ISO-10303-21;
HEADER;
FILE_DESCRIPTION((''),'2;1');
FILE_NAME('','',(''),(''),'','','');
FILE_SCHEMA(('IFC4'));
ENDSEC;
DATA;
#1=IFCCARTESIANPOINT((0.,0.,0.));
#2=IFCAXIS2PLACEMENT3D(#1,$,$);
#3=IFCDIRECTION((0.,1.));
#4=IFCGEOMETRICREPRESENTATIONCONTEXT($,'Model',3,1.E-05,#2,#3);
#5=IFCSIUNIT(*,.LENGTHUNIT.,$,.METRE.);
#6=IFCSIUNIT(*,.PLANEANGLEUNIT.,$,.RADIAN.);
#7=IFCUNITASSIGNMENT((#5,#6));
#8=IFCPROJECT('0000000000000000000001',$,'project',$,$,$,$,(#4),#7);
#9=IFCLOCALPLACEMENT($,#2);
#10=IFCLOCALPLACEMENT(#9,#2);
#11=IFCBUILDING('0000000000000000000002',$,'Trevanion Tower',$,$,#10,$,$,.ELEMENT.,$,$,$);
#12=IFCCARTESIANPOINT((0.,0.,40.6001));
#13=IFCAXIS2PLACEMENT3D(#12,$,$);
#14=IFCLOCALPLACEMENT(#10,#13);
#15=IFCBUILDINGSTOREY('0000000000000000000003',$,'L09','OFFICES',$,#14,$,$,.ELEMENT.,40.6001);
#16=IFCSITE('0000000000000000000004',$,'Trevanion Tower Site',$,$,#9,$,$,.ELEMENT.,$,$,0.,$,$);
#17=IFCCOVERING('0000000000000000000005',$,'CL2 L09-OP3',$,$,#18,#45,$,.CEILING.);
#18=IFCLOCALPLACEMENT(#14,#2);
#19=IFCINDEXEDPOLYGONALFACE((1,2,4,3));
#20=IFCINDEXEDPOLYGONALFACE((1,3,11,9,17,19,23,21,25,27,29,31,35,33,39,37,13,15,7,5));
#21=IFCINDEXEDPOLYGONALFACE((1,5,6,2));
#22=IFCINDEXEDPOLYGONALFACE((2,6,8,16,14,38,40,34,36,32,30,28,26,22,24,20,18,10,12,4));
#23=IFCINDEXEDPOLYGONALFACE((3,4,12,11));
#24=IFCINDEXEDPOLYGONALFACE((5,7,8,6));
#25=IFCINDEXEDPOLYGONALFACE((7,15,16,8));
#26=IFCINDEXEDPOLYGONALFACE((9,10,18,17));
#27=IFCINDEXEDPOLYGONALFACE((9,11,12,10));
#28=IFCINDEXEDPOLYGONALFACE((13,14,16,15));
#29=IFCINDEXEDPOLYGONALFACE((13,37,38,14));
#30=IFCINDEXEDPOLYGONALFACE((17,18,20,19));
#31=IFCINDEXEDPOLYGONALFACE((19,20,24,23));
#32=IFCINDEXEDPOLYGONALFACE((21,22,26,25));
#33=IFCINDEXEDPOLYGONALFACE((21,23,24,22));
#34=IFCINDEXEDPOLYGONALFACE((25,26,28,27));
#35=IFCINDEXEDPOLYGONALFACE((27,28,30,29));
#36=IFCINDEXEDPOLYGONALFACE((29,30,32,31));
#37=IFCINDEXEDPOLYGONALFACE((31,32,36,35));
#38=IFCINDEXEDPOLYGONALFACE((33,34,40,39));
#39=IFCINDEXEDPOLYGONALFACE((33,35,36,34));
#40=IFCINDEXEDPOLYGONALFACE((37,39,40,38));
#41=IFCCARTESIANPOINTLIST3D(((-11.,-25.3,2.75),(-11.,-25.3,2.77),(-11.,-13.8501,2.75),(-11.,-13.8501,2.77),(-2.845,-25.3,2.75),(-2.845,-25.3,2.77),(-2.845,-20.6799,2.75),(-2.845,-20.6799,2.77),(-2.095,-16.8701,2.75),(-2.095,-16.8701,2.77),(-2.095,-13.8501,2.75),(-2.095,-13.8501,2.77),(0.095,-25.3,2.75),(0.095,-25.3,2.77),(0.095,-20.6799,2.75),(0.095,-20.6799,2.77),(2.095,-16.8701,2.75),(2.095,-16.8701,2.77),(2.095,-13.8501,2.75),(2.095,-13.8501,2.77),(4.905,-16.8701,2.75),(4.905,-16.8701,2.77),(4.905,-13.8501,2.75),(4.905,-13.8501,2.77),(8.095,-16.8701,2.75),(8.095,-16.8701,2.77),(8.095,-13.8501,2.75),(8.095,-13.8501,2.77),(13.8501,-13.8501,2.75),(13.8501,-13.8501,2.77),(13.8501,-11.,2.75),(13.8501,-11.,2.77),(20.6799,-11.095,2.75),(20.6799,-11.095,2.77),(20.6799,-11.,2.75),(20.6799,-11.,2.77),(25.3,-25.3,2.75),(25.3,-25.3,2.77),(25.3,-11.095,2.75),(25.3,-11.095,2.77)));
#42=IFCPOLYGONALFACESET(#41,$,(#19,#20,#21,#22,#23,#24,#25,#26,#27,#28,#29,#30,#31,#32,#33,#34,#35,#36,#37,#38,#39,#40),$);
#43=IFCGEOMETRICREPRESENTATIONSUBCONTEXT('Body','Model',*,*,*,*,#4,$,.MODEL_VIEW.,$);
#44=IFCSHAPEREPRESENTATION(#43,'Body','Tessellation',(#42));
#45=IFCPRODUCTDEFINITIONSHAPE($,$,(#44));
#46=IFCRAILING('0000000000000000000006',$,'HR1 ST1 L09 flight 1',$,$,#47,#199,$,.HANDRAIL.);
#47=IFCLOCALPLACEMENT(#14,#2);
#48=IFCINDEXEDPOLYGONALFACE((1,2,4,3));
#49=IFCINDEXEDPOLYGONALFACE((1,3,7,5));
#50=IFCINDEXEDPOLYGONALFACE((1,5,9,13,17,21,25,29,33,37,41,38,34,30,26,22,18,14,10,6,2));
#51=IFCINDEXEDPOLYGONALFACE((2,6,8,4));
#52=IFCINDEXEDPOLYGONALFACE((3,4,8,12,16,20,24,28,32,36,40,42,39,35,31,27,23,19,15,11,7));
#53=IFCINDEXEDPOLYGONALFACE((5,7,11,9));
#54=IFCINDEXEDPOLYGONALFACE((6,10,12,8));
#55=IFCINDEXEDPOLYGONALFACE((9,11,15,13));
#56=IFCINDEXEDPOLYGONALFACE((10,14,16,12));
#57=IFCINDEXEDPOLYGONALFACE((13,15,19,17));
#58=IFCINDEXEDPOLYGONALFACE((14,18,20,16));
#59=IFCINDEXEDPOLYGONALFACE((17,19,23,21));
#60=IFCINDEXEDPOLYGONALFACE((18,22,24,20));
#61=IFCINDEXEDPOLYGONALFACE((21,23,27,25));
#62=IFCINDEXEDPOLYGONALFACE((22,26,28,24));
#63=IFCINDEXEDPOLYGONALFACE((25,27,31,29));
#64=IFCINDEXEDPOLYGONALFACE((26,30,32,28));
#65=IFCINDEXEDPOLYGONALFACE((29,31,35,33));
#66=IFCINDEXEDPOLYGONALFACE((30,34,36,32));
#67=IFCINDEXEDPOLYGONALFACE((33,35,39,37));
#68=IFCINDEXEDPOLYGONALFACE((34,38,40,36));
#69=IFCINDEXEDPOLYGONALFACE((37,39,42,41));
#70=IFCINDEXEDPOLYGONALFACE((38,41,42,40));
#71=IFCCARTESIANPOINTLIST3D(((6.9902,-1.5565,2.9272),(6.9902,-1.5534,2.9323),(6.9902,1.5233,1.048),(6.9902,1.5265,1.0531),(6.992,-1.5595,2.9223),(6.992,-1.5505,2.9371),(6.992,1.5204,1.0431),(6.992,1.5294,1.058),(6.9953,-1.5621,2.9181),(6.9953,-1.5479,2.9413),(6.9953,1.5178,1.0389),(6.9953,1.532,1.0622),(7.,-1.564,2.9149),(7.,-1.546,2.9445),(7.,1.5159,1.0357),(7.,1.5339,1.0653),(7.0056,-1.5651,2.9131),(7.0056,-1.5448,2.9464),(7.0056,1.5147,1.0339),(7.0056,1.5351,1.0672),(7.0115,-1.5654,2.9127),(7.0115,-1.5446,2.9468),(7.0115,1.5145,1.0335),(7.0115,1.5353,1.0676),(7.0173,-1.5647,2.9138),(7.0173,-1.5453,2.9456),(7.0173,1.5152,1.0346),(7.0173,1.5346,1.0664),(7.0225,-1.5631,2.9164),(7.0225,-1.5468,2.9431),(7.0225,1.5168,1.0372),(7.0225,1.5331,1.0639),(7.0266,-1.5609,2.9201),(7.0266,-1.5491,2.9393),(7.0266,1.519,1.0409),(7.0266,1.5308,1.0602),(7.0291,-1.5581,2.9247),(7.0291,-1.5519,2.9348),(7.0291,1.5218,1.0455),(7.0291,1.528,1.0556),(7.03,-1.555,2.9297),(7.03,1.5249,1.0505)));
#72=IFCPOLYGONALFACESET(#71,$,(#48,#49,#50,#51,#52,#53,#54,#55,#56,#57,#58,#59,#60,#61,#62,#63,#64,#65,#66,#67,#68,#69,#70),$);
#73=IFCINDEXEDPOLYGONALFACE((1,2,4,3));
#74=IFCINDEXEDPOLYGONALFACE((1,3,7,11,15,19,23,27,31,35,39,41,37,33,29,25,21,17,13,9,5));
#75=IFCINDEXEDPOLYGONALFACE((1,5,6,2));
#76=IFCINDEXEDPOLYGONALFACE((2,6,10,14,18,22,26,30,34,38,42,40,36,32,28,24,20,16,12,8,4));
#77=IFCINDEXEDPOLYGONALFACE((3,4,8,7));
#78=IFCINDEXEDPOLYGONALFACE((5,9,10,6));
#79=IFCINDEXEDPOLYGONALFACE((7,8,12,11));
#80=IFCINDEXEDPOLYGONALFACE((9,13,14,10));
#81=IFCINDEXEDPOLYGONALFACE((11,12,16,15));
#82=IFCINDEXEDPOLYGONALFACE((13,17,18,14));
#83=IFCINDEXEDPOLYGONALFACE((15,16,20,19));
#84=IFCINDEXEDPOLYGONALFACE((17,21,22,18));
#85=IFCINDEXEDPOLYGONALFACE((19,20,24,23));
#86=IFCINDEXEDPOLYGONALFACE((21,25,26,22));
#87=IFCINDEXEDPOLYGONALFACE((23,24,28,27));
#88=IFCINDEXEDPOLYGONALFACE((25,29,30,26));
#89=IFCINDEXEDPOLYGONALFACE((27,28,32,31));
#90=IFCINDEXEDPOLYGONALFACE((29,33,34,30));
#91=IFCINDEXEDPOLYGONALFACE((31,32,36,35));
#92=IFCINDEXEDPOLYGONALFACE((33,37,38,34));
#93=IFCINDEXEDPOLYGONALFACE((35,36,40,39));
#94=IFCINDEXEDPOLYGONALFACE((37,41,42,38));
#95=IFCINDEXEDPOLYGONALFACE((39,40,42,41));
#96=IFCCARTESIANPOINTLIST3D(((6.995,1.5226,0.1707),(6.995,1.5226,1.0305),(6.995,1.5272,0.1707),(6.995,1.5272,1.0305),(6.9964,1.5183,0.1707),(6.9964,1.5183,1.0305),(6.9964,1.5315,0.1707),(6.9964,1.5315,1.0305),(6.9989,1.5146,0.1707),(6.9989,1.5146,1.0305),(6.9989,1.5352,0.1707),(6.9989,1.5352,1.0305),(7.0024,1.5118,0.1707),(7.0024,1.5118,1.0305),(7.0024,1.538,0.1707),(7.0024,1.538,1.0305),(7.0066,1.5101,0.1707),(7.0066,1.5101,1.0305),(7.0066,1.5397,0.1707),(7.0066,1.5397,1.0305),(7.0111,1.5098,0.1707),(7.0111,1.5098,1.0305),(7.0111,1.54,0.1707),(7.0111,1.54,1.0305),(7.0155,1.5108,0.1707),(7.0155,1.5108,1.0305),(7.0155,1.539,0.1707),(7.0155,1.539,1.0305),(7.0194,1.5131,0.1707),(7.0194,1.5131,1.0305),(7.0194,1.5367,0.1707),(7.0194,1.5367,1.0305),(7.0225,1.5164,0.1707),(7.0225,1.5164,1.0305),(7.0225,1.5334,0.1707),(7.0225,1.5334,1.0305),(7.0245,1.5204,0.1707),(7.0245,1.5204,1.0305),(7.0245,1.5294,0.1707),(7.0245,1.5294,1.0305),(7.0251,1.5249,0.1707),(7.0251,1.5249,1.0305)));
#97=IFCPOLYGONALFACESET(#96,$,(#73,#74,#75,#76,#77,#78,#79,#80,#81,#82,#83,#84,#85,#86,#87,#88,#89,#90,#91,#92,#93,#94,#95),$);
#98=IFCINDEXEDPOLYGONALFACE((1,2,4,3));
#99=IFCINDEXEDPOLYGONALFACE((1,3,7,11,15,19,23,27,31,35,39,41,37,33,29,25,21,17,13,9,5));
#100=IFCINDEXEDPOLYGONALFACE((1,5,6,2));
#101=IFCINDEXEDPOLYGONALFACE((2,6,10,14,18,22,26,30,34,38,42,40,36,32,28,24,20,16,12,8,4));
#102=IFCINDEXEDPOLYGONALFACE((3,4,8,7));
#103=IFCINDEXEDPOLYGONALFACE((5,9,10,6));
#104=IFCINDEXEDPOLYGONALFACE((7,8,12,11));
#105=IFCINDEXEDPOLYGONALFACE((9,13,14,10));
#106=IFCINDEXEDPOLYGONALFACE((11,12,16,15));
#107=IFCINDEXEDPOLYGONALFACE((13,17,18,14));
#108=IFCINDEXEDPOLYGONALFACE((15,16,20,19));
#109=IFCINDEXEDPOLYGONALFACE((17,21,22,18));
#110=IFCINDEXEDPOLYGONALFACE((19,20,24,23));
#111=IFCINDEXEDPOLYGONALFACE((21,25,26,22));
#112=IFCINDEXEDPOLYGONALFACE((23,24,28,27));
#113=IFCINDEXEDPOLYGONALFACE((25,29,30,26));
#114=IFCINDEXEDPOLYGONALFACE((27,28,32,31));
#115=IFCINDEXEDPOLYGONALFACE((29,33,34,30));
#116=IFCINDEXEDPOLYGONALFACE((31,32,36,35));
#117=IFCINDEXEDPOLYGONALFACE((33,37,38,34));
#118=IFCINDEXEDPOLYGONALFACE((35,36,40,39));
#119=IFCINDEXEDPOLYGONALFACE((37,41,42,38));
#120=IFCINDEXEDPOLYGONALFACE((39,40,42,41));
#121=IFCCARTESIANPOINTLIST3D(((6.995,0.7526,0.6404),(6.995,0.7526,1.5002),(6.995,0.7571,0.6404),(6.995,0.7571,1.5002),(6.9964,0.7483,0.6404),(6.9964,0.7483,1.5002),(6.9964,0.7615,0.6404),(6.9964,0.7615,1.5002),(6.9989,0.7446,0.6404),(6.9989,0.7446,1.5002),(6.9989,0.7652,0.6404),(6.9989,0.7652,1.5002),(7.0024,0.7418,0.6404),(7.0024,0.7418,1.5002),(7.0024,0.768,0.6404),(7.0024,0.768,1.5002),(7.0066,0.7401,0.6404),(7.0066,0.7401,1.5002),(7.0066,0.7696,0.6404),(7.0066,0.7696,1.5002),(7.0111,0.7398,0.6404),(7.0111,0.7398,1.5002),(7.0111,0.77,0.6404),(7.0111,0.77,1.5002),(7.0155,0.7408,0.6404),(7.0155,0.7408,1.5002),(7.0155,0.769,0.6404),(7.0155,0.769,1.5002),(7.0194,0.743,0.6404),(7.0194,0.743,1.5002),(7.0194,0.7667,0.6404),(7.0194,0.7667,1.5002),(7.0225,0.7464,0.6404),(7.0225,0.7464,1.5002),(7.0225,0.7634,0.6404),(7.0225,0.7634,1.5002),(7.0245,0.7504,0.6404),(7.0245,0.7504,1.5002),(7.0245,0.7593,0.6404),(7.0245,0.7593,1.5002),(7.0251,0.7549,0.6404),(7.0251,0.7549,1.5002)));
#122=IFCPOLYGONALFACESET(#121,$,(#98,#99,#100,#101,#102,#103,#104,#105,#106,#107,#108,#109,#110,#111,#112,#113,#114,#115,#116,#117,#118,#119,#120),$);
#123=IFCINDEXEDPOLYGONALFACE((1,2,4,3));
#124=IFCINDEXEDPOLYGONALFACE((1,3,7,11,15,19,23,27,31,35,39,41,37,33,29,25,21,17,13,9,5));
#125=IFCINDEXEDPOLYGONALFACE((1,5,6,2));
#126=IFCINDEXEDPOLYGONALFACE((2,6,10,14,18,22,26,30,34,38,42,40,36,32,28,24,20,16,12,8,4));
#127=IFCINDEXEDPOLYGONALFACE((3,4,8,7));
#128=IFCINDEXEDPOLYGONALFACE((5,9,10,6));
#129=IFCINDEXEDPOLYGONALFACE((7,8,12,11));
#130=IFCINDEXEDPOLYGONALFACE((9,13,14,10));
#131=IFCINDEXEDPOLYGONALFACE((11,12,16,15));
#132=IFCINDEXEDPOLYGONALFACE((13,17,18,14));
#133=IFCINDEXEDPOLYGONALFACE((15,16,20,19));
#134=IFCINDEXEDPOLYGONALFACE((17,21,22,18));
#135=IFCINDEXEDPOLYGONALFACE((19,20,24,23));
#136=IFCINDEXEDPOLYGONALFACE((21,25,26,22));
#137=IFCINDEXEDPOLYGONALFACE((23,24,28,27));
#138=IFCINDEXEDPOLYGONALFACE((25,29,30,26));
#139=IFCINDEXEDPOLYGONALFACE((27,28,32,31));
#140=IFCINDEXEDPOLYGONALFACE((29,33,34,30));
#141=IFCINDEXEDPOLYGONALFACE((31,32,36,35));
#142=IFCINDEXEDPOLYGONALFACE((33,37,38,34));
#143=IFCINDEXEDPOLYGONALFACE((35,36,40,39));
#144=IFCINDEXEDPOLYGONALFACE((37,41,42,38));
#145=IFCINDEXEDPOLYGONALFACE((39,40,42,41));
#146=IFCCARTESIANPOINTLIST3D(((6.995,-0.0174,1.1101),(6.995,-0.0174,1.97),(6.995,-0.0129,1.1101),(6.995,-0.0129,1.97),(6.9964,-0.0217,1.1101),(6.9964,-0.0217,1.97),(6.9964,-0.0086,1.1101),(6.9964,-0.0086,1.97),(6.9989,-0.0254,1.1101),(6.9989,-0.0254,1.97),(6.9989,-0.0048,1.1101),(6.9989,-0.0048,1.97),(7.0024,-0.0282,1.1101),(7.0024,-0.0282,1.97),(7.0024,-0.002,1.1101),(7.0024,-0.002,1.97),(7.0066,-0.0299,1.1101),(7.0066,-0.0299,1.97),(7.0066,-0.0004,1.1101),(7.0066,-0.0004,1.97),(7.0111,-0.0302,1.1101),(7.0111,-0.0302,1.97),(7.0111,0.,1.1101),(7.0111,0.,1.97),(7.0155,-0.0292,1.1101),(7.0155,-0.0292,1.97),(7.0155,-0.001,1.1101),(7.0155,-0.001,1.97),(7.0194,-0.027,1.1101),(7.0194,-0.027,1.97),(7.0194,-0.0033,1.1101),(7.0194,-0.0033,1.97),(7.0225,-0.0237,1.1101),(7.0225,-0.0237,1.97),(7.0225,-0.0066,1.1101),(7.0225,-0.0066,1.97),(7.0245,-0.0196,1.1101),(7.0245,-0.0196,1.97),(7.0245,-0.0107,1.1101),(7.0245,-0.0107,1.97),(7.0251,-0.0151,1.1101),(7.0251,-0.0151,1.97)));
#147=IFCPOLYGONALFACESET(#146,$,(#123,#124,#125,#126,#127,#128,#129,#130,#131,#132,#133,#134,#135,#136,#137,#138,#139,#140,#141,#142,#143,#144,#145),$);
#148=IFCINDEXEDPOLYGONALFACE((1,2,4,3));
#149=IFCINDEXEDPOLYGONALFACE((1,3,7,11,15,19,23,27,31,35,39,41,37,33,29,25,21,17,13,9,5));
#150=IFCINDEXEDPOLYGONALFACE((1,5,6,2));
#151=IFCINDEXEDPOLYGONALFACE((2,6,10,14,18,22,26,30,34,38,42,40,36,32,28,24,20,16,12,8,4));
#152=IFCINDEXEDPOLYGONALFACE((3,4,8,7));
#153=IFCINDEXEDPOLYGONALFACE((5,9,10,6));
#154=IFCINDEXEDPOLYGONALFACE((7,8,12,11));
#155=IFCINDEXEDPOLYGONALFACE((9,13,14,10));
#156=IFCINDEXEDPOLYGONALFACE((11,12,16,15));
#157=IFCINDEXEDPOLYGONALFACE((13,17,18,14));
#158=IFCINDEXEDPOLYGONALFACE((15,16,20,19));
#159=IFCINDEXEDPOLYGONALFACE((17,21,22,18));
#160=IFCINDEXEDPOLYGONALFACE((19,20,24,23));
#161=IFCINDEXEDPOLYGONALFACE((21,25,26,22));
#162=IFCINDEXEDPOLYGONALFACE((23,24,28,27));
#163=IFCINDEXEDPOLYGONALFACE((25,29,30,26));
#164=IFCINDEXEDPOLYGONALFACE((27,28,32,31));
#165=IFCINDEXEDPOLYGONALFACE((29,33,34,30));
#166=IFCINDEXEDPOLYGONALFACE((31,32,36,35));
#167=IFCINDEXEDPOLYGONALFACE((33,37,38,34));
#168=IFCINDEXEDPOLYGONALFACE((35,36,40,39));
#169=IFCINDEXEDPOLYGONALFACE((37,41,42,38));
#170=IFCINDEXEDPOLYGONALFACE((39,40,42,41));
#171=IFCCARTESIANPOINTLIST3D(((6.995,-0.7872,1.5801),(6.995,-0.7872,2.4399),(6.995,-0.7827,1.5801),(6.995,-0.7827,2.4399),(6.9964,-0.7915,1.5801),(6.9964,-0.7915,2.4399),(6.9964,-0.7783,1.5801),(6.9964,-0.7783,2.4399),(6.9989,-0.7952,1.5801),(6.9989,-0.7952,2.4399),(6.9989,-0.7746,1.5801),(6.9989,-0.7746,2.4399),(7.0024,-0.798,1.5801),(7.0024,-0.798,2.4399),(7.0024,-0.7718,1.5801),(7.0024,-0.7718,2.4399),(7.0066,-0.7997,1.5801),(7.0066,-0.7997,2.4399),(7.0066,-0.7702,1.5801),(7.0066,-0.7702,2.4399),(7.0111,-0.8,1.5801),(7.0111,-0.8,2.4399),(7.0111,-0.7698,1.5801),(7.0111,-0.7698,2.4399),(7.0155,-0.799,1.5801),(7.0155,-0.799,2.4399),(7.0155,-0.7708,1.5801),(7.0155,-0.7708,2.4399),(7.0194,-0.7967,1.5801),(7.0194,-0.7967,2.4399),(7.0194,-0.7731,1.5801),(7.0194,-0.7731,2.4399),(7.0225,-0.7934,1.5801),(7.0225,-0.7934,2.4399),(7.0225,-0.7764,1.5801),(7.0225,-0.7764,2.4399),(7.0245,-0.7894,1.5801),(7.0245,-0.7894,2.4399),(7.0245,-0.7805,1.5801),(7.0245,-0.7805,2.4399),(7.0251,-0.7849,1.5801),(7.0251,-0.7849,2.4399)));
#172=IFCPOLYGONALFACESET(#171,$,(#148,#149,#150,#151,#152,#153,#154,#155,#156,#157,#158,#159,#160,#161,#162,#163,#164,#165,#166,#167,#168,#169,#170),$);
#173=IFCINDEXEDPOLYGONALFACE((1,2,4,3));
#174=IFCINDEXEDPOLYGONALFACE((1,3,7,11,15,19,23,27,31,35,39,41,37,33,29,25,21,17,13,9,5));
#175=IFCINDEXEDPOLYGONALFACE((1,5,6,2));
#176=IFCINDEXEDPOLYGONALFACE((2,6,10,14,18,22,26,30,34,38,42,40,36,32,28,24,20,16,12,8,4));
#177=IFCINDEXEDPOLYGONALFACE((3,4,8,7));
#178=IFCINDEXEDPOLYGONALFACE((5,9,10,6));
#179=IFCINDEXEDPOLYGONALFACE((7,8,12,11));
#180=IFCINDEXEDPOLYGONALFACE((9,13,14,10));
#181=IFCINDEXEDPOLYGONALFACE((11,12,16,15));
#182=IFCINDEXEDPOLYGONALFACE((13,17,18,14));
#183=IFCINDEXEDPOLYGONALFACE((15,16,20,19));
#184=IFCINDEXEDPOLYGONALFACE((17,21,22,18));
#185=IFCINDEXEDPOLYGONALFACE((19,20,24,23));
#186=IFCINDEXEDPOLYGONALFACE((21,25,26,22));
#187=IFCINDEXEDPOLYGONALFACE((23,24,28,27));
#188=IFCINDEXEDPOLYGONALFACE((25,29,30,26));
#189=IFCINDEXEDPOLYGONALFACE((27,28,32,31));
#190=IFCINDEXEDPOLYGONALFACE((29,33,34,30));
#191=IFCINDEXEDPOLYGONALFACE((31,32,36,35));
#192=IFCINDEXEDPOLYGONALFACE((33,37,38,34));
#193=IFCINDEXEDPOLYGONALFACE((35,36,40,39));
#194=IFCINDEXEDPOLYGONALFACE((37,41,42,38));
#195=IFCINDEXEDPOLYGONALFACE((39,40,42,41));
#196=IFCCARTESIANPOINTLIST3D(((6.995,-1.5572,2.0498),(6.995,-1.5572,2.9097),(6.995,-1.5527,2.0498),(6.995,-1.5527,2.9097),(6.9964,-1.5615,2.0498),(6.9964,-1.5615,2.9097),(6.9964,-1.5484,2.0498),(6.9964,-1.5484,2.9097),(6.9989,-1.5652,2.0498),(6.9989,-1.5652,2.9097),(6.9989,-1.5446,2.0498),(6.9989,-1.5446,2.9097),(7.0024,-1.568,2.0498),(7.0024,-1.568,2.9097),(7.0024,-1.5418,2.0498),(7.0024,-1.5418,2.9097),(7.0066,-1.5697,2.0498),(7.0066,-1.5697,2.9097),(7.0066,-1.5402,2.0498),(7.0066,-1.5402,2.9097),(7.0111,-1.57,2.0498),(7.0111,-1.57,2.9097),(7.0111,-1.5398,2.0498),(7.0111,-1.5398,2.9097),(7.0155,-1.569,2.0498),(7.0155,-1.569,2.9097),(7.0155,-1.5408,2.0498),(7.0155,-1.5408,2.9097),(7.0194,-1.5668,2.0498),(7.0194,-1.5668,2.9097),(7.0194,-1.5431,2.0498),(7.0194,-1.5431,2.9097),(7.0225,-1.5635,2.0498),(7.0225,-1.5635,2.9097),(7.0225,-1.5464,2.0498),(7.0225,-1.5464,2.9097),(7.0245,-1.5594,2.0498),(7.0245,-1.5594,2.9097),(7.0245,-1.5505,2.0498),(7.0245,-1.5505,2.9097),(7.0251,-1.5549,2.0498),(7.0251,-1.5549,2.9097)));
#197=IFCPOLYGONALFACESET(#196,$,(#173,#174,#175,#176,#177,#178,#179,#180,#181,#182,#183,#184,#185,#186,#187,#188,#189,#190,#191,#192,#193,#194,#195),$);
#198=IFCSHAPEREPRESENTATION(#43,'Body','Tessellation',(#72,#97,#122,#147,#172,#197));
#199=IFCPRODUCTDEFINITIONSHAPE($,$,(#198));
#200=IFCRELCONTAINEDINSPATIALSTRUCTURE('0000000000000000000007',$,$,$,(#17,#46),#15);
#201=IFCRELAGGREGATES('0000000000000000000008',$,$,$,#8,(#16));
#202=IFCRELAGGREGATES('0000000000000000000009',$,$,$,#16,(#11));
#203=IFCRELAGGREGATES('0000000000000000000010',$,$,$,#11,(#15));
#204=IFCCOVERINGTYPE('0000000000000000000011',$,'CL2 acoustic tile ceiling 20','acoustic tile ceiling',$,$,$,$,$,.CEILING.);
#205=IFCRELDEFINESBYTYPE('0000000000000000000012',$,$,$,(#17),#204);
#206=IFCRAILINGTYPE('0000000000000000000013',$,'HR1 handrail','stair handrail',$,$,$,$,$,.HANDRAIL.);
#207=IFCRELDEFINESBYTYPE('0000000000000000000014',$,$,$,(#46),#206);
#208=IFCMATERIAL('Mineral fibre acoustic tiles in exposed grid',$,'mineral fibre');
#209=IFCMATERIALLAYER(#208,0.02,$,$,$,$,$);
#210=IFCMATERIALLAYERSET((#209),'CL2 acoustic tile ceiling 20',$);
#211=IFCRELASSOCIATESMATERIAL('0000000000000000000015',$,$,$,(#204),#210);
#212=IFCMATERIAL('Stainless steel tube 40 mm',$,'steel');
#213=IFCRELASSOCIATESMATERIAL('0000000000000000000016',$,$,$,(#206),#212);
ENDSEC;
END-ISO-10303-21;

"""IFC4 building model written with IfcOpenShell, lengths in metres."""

from ifc_helpers import new_model, si_unit, direction, frame, origin, origin_2d, place, context, subcontext, project, spatial, polyline, circle, outline, extrude, material, layer, layer_set, type_object, element, save


model = new_model("IFC4")

# Units and contexts
model_context = context("Model", 3, precision=1e-05, world=origin(), true_north=direction((0.0, 1.0)))
body_context = subcontext(model_context, "Body", "Model", "MODEL_VIEW")
ifc_project = project(units=[si_unit("LENGTHUNIT", "METRE"), si_unit("PLANEANGLEUNIT", "RADIAN")], contexts=[model_context])

# Site, building, storey
site_placement = place(None, origin())
site = spatial("IfcSite", under=ifc_project, at=site_placement, Name="Trevanion Tower Site", CompositionType="ELEMENT", RefElevation=0.0)
building_placement = place(site_placement, origin())
building = spatial("IfcBuilding", under=site, at=building_placement, Name="Trevanion Tower", CompositionType="ELEMENT")
storey_placement = place(building_placement, frame((0.0, 0.0, 40.6001)))
storey = spatial("IfcBuildingStorey", under=building, at=storey_placement, Name="L09", Description="OFFICES", CompositionType="ELEMENT", Elevation=40.6001)

# Covering
ifc_material_1 = material(Name="Mineral fibre acoustic tiles in exposed grid", Category="mineral fibre")
ifc_layer_1 = layer(ifc_material_1, 0.02)
ifc_layer_set_1 = layer_set([ifc_layer_1], Name="CL2 acoustic tile ceiling 20")
covering_type = type_object("IfcCoveringType", Name="CL2 acoustic tile ceiling 20", Description="acoustic tile ceiling", PredefinedType="CEILING", material=ifc_layer_set_1)
covering_placement = place(storey_placement, frame((0.0, 0.0, 2.75)))
element("IfcCovering", 1, at=covering_placement, inside=storey, type_object=covering_type, Name="CL2 L09-OP3", PredefinedType="CEILING", context=body_context, shape_type="SweptSolid", body=[
    extrude(outline(polyline([(-2.095, -13.8501), (-2.095, -16.8701), (2.095, -16.8701), (2.095, -13.8501), (4.905, -13.8501), (4.905, -16.8701), (8.095, -16.8701), (8.095, -13.8501), (13.8501, -13.8501), (13.8501, -11.0), (20.6799, -11.0), (20.6799, -11.095), (25.3, -11.095), (25.3, -25.3), (0.095, -25.3), (0.095, -20.6799), (-2.845, -20.6799), (-2.845, -25.3), (-11.0, -25.3), (-11.0, -13.8501), (-2.095, -13.8501)])), origin(), (0.0, 0.0, 1.0), 0.02),
])

# Railing
ifc_material_2 = material(Name="Stainless steel tube 40 mm", Category="steel")
railing_type = type_object("IfcRailingType", Name="HR1 handrail", Description="stair handrail", PredefinedType="HANDRAIL", material=ifc_material_2)
for number, where, name in (
    (2, (7.01, 1.5249, 0.1707), "HR1 ST1 L09 flight 1"),
):
    element("IfcRailing", number, at=place(storey_placement, frame(where)), inside=storey, type_object=railing_type, Name=name, PredefinedType="HANDRAIL", context=body_context, shape_type="SweptSolid", body=[
        extrude(circle(Radius=0.02, at=origin_2d()), frame((0.0, 0.0, 0.8799), z_axis=(0.0, -0.853648, 0.52085), x_axis=(1.0, 0.0, 0.0)), (0.0, 0.0, 1.0), 3.6079),
        extrude(circle(Radius=0.0151, at=origin_2d()), origin(), (0.0, 0.0, 1.0), 0.8599),
        extrude(circle(Radius=0.0151, at=origin_2d()), frame((0.0, -0.77, 0.4697)), (0.0, 0.0, 1.0), 0.8599),
        extrude(circle(Radius=0.0151, at=origin_2d()), frame((0.0, -1.54, 0.9395)), (0.0, 0.0, 1.0), 0.8599),
        extrude(circle(Radius=0.0151, at=origin_2d()), frame((0.0, -2.3098, 1.4094)), (0.0, 0.0, 1.0), 0.8599),
        extrude(circle(Radius=0.0151, at=origin_2d()), frame((0.0, -3.0798, 1.8792)), (0.0, 0.0, 1.0), 0.8599),
    ])

save(model, "model.ifc")
